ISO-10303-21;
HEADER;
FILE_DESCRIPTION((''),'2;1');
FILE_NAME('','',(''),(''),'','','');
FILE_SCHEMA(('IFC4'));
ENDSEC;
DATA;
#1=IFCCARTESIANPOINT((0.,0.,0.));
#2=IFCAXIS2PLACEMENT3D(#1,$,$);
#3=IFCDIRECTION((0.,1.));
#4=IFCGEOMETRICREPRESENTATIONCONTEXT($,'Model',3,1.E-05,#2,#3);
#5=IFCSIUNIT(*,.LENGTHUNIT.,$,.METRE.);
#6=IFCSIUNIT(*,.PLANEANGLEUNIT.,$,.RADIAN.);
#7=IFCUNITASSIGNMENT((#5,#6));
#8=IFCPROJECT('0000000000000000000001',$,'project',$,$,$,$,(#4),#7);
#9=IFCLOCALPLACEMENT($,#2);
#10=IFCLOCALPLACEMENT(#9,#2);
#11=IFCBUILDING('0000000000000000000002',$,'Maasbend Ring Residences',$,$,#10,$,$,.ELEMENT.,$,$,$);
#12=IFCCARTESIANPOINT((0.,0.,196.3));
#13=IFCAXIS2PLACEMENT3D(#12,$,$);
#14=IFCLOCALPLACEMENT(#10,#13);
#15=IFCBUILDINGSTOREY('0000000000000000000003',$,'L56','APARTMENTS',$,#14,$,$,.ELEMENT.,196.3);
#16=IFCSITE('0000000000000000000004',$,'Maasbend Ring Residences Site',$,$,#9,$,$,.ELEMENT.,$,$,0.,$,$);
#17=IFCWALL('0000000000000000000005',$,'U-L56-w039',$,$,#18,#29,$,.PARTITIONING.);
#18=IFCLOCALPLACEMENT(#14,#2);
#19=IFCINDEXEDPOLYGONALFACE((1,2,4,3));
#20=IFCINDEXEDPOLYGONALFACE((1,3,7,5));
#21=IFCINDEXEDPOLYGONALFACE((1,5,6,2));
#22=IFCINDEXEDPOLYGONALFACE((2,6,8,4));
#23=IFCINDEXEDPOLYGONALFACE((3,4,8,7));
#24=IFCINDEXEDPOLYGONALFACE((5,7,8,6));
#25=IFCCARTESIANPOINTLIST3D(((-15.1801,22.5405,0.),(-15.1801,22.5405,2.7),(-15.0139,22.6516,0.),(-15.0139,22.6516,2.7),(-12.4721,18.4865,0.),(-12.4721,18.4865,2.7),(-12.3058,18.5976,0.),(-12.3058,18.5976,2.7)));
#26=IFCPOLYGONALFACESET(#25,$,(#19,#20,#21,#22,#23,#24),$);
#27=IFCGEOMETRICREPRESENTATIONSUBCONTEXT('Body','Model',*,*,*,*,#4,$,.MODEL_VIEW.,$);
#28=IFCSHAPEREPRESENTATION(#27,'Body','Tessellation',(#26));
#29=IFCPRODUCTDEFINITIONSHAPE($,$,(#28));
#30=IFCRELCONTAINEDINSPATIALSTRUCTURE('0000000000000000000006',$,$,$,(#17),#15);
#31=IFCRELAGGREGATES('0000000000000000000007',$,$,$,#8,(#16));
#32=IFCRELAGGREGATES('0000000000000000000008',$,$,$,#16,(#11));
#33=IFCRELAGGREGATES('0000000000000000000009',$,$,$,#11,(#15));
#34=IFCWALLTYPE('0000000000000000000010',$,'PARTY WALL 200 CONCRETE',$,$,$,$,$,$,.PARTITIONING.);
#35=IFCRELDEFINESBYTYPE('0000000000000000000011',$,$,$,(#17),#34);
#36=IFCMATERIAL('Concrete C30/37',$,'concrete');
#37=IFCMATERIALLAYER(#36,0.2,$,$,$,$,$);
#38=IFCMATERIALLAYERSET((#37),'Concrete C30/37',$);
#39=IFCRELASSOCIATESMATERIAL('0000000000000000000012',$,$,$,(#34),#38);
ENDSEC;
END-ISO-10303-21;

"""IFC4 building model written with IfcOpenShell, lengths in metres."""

from ifc_helpers import new_model, si_unit, direction, frame, frame_2d, origin, place, context, subcontext, project, spatial, rectangle, extrude, material, layer, layer_set, type_object, element, save


model = new_model("IFC4")

# Units and contexts
model_context = context("Model", 3, precision=1e-05, world=origin(), true_north=direction((0.0, 1.0)))
body_context = subcontext(model_context, "Body", "Model", "MODEL_VIEW")
ifc_project = project(units=[si_unit("LENGTHUNIT", "METRE"), si_unit("PLANEANGLEUNIT", "RADIAN")], contexts=[model_context])

# Site, building, storey
site_placement = place(None, origin())
site = spatial("IfcSite", under=ifc_project, at=site_placement, Name="Maasbend Ring Residences Site", CompositionType="ELEMENT", RefElevation=0.0)
building_placement = place(site_placement, origin())
building = spatial("IfcBuilding", under=site, at=building_placement, Name="Maasbend Ring Residences", CompositionType="ELEMENT")
storey_placement = place(building_placement, frame((0.0, 0.0, 196.3)))
storey = spatial("IfcBuildingStorey", under=building, at=storey_placement, Name="L56", Description="APARTMENTS", CompositionType="ELEMENT", Elevation=196.3)

# Wall
ifc_material_1 = material(Name="Concrete C30/37", Category="concrete")
ifc_layer_1 = layer(ifc_material_1, 0.2)
ifc_layer_set_1 = layer_set([ifc_layer_1], Name="Concrete C30/37")
wall_type_1 = type_object("IfcWallType", Name="PARTY WALL 200 CONCRETE", PredefinedType="PARTITIONING", material=ifc_layer_set_1)
wall_1_placement = place(storey_placement, frame((-15.0969, 22.5959, 0.0), z_axis=(0.0, 0.0, 1.0), x_axis=(0.555463, -0.831541, 0.0)))
element("IfcWall", 1, at=wall_1_placement, inside=storey, type_object=wall_type_1, Name="U-L56-w039", PredefinedType="PARTITIONING", context=body_context, shape_type="SweptSolid", body=[
    extrude(rectangle(XDim=4.8752, YDim=0.2, at=frame_2d((2.4375, 0.0))), origin(), (0.0, 0.0, 1.0), 2.7),
])

save(model, "model.ifc")
